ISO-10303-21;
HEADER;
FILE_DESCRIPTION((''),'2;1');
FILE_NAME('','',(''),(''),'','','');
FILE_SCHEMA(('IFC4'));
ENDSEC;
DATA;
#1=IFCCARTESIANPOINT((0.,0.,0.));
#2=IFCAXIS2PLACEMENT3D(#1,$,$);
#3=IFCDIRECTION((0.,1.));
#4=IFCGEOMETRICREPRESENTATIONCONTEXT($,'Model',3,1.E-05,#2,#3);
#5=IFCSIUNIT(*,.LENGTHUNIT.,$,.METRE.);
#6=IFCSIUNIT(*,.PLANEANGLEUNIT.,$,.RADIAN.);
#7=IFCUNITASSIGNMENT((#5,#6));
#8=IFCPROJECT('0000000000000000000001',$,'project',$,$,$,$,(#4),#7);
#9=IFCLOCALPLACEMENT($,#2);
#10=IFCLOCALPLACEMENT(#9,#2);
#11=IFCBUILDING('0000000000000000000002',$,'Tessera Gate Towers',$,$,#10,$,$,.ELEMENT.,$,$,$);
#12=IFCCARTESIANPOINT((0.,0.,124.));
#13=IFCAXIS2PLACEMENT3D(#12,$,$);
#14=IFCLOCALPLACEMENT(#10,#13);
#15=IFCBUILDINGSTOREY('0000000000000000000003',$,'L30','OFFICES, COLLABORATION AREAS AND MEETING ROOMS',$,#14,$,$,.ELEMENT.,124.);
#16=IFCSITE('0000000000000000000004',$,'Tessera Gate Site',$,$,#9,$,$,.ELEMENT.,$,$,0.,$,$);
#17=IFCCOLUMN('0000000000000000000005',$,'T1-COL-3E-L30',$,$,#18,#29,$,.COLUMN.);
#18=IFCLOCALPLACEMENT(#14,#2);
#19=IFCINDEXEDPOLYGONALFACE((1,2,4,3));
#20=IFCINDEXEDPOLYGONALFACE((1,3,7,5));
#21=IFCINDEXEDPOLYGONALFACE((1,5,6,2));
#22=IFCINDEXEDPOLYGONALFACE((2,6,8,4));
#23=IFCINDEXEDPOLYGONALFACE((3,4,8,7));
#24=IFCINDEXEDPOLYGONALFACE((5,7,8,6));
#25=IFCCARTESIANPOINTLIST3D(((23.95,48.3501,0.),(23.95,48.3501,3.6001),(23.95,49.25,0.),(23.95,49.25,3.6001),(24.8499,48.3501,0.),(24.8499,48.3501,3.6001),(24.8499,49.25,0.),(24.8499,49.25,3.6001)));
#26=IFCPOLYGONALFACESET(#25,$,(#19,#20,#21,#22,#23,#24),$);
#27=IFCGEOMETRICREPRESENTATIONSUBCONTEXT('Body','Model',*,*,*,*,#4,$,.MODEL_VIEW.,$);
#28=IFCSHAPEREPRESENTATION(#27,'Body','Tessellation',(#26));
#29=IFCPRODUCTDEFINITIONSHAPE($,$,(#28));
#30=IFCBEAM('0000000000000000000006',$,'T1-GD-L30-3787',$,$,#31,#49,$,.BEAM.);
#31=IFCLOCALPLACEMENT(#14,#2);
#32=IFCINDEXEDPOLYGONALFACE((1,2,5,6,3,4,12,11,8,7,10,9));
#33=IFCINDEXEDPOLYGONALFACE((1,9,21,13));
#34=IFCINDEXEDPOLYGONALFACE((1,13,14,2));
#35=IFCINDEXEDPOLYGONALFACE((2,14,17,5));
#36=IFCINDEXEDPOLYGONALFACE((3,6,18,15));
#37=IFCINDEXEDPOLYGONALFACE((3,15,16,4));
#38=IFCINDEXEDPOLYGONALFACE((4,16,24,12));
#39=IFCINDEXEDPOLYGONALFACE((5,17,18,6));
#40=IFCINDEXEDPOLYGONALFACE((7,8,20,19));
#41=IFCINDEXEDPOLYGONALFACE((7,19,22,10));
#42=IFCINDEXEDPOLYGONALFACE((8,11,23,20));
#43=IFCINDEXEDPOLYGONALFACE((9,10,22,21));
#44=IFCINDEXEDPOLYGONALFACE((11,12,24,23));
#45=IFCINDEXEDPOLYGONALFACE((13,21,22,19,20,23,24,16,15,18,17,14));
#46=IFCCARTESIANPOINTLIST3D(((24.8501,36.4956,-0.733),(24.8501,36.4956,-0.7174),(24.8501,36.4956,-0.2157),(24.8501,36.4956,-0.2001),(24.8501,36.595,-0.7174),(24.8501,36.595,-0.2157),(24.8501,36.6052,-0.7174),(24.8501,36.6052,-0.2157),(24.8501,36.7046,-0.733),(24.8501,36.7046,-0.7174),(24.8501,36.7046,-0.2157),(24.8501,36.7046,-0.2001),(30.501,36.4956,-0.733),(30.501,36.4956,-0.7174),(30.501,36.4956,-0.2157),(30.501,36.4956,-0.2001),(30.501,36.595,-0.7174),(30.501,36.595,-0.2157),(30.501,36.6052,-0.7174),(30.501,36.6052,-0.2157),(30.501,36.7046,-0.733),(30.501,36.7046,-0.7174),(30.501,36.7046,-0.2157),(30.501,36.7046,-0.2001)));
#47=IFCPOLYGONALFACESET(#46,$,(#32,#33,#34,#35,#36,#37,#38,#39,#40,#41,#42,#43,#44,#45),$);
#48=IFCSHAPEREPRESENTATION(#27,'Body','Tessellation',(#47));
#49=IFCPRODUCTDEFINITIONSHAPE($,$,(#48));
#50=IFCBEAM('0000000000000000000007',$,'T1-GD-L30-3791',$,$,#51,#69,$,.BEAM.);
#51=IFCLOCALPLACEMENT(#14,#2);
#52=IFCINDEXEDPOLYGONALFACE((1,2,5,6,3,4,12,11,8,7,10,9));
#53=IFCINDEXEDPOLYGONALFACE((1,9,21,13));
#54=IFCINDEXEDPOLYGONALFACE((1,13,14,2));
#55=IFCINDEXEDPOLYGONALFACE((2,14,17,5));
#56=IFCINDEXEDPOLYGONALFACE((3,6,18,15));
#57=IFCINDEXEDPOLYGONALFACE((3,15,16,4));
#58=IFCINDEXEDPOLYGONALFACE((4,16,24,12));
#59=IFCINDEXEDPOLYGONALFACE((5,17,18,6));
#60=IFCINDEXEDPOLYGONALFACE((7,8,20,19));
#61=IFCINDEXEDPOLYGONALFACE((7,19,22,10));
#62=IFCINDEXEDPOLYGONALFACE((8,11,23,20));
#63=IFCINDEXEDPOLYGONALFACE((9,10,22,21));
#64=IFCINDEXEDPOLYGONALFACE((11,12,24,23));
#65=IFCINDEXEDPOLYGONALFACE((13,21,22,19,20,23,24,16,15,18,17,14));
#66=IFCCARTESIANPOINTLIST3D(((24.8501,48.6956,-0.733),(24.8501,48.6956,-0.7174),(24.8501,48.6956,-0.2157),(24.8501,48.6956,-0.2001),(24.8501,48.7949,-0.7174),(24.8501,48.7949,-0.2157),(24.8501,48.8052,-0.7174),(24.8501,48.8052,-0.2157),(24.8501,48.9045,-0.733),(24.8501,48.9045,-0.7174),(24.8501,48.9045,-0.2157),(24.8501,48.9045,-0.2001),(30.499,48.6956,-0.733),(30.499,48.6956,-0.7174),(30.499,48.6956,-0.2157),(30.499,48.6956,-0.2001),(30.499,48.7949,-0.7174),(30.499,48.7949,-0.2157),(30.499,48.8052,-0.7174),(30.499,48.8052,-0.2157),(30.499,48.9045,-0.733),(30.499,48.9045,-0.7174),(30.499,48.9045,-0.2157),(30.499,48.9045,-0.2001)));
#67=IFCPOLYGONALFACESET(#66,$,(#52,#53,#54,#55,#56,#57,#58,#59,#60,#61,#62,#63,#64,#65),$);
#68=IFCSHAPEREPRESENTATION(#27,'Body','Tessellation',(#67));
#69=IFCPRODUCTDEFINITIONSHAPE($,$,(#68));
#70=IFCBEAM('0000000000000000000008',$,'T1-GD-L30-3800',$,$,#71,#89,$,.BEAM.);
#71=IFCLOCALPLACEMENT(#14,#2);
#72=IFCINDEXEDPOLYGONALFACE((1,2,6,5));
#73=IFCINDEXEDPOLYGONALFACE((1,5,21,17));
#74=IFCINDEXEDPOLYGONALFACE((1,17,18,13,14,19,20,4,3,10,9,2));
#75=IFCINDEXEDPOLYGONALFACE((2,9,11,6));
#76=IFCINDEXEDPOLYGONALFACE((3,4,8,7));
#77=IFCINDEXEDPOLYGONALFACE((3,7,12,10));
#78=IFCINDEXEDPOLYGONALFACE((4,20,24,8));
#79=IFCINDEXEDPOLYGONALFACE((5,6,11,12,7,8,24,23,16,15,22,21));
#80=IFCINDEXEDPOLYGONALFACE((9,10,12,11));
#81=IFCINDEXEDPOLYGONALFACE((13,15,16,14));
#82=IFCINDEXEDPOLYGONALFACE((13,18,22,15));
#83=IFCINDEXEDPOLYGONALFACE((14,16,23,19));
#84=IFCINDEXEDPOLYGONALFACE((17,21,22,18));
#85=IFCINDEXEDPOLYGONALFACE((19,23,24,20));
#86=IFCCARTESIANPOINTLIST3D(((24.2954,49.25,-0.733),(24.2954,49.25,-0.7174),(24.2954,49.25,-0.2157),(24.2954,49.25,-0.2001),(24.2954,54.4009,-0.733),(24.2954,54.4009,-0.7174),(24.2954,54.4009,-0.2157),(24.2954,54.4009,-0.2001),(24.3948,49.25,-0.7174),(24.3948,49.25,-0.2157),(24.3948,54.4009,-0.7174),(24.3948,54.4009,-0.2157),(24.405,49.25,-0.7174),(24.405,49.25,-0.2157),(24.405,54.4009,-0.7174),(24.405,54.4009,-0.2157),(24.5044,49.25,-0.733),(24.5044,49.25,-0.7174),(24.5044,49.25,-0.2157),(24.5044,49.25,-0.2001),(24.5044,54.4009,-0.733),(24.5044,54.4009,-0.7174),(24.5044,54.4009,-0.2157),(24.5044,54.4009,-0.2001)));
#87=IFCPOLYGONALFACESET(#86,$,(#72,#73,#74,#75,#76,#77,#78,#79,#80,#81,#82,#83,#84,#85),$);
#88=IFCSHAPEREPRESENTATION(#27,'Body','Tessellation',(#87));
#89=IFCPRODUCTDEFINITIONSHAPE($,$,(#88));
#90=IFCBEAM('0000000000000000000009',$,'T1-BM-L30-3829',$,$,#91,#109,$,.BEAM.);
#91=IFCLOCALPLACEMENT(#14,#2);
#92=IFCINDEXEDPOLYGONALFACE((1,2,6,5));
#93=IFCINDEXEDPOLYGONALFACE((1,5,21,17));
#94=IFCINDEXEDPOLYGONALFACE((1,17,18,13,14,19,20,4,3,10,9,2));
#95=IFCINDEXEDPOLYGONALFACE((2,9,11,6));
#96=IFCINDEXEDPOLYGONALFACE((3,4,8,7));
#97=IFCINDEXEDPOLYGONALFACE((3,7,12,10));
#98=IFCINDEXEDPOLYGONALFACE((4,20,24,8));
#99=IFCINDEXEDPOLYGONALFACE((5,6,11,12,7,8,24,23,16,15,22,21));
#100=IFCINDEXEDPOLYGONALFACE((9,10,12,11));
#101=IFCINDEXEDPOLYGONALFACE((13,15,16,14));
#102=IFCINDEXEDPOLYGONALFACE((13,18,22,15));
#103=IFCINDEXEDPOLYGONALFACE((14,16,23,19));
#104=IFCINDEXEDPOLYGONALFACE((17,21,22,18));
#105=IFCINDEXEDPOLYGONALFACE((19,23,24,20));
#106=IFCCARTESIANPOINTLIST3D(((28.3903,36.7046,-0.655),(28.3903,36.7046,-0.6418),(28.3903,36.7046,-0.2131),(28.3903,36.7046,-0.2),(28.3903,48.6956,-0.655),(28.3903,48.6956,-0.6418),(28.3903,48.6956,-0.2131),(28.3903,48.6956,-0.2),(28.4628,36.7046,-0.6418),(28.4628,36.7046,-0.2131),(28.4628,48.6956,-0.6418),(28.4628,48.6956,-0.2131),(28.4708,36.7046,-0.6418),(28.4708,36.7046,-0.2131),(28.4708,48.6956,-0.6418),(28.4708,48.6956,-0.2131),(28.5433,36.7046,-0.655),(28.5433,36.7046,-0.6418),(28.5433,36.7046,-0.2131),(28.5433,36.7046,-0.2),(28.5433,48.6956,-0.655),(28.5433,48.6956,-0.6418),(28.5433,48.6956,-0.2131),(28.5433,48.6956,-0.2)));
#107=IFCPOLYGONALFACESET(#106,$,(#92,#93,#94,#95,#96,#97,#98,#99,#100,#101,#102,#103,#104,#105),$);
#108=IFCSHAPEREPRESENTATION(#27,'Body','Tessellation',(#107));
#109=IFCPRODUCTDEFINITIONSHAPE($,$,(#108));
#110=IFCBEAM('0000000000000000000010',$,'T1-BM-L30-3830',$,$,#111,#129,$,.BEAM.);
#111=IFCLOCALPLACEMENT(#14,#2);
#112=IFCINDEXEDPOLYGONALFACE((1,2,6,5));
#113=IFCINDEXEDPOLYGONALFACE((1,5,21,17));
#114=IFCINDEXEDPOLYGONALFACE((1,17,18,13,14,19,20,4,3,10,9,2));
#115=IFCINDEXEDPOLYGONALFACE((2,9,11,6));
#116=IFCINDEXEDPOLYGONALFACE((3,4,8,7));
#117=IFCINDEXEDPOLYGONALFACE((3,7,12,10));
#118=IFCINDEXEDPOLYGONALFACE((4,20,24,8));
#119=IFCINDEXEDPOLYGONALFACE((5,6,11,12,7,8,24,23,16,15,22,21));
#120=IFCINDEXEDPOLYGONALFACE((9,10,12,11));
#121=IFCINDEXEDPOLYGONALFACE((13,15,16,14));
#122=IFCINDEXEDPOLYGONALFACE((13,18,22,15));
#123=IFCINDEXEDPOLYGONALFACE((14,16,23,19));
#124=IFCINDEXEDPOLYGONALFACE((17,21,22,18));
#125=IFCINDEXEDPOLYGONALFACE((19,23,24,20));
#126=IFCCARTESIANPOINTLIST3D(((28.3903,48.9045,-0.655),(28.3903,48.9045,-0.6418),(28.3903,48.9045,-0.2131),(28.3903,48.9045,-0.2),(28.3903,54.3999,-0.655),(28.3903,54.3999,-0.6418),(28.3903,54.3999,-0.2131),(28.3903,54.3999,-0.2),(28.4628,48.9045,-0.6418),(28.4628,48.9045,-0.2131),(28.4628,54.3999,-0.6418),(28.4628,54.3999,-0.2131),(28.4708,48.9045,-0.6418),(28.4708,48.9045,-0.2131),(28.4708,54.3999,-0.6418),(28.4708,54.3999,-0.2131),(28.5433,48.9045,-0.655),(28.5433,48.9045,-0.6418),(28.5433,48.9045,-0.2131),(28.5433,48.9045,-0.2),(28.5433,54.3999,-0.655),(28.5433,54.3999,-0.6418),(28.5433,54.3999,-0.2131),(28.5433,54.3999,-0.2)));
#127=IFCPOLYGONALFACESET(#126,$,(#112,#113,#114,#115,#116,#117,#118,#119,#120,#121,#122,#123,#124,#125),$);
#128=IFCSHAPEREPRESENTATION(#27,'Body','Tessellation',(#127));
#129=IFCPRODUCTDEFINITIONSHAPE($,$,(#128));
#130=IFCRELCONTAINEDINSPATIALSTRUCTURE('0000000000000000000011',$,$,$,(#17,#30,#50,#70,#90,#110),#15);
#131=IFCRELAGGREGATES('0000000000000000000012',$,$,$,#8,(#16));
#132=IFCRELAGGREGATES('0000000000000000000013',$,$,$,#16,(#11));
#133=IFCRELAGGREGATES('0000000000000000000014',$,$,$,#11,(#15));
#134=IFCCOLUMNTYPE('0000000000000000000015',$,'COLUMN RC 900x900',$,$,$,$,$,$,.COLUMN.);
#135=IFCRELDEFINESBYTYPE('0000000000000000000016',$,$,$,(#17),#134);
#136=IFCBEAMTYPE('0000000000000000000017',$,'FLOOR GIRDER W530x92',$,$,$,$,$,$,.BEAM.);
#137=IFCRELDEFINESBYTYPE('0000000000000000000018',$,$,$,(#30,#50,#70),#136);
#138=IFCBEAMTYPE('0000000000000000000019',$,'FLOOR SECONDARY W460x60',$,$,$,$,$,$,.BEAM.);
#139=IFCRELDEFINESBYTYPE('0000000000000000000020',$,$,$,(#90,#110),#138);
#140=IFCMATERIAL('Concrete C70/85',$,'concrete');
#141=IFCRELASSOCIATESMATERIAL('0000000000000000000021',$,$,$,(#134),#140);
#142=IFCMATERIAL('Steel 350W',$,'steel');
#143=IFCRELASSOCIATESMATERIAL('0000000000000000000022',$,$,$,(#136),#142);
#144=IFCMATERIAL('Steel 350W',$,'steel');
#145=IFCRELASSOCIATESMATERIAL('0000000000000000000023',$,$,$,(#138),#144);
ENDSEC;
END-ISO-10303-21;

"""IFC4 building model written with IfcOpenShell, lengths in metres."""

from ifc_helpers import new_model, si_unit, direction, frame, origin, origin_2d, place, context, subcontext, project, spatial, rectangle, i_section, extrude, material, material_profile, profile_set, type_object, element, save


model = new_model("IFC4")

# Units and contexts
model_context = context("Model", 3, precision=1e-05, world=origin(), true_north=direction((0.0, 1.0)))
body_context = subcontext(model_context, "Body", "Model", "MODEL_VIEW")
ifc_project = project(units=[si_unit("LENGTHUNIT", "METRE"), si_unit("PLANEANGLEUNIT", "RADIAN")], contexts=[model_context])

# Site, building, storey
site_placement = place(None, origin())
site = spatial("IfcSite", under=ifc_project, at=site_placement, Name="Tessera Gate Site", CompositionType="ELEMENT", RefElevation=0.0)
building_placement = place(site_placement, origin())
building = spatial("IfcBuilding", under=site, at=building_placement, Name="Tessera Gate Towers", CompositionType="ELEMENT")
storey_placement = place(building_placement, frame((0.0, 0.0, 124.0)))
storey = spatial("IfcBuildingStorey", under=building, at=storey_placement, Name="L30", Description="OFFICES, COLLABORATION AREAS AND MEETING ROOMS", CompositionType="ELEMENT", Elevation=124.0)

# Column
ifc_material_1 = material(Name="Concrete C70/85", Category="concrete")
ifc_material_profile_1 = material_profile(ifc_material_1, rectangle(XDim=0.8999, YDim=0.8999, at=origin_2d()), Name="RC 900x900")
ifc_profile_set_1 = profile_set([ifc_material_profile_1], Name="Concrete C70/85")
column_type = type_object("IfcColumnType", Name="COLUMN RC 900x900", PredefinedType="COLUMN", material=ifc_profile_set_1)
column_placement = place(storey_placement, frame((24.3999, 48.8, 0.0), z_axis=(0.0, 0.0, 1.0), x_axis=(1.0, 0.0, 0.0)))
element("IfcColumn", 1, at=column_placement, inside=storey, type_object=column_type, Name="T1-COL-3E-L30", PredefinedType="COLUMN", context=body_context, shape_type="SweptSolid", body=[
    extrude(rectangle(XDim=0.8999, YDim=0.8999, at=origin_2d()), origin(), (0.0, 0.0, 1.0), 3.6001),
])

# Beams
ifc_material_2 = material(Name="Steel 350W", Category="steel")
ifc_material_profile_2 = material_profile(ifc_material_2, i_section(OverallWidth=0.209, OverallDepth=0.533, WebThickness=0.0103, FlangeThickness=0.0156, at=origin_2d()), Name="W530x92")
ifc_profile_set_2 = profile_set([ifc_material_profile_2], Name="Steel 350W")
beam_type_1 = type_object("IfcBeamType", Name="FLOOR GIRDER W530x92", PredefinedType="BEAM", material=ifc_profile_set_2)
beam_1_placement = place(storey_placement, frame((24.8501, 36.6001, -0.4666), z_axis=(1.0, 0.0, 0.0), x_axis=(0.0, 1.0, 0.0)))
element("IfcBeam", 2, at=beam_1_placement, inside=storey, type_object=beam_type_1, Name="T1-GD-L30-3787", PredefinedType="BEAM", context=body_context, shape_type="SweptSolid", body=[
    extrude(i_section(OverallWidth=0.209, OverallDepth=0.533, WebThickness=0.0103, FlangeThickness=0.0156, at=origin_2d()), origin(), (0.0, 0.0, 1.0), 5.6509),
])
beam_2_placement = place(storey_placement, frame((24.8501, 48.8, -0.4666), z_axis=(1.0, 0.0, 0.0), x_axis=(0.0, 1.0, 0.0)))
element("IfcBeam", 3, at=beam_2_placement, inside=storey, type_object=beam_type_1, Name="T1-GD-L30-3791", PredefinedType="BEAM", context=body_context, shape_type="SweptSolid", body=[
    extrude(i_section(OverallWidth=0.209, OverallDepth=0.533, WebThickness=0.0103, FlangeThickness=0.0156, at=origin_2d()), origin(), (0.0, 0.0, 1.0), 5.6489),
])
beam_3_placement = place(storey_placement, frame((24.3999, 49.25, -0.4666), z_axis=(0.0, 1.0, 0.0), x_axis=(-1.0, 0.0, 0.0)))
element("IfcBeam", 4, at=beam_3_placement, inside=storey, type_object=beam_type_1, Name="T1-GD-L30-3800", PredefinedType="BEAM", context=body_context, shape_type="SweptSolid", body=[
    extrude(i_section(OverallWidth=0.209, OverallDepth=0.533, WebThickness=0.0103, FlangeThickness=0.0156, at=origin_2d()), origin(), (0.0, 0.0, 1.0), 5.1509),
])
ifc_material_3 = material(Name="Steel 350W", Category="steel")
ifc_material_profile_3 = material_profile(ifc_material_3, i_section(OverallWidth=0.1531, OverallDepth=0.4551, WebThickness=0.0081, FlangeThickness=0.0132, at=origin_2d()), Name="W460x60")
ifc_profile_set_3 = profile_set([ifc_material_profile_3], Name="Steel 350W")
beam_type_2 = type_object("IfcBeamType", Name="FLOOR SECONDARY W460x60", PredefinedType="BEAM", material=ifc_profile_set_3)
beam_4_placement = place(storey_placement, frame((28.4668, 36.7046, -0.4275), z_axis=(0.0, 1.0, 0.0), x_axis=(-1.0, 0.0, 0.0)))
element("IfcBeam", 5, at=beam_4_placement, inside=storey, type_object=beam_type_2, Name="T1-BM-L30-3829", PredefinedType="BEAM", context=body_context, shape_type="SweptSolid", body=[
    extrude(i_section(OverallWidth=0.1531, OverallDepth=0.4551, WebThickness=0.0081, FlangeThickness=0.0132, at=origin_2d()), origin(), (0.0, 0.0, 1.0), 11.991),
])
beam_5_placement = place(storey_placement, frame((28.4668, 48.9045, -0.4275), z_axis=(0.0, 1.0, 0.0), x_axis=(-1.0, 0.0, 0.0)))
element("IfcBeam", 6, at=beam_5_placement, inside=storey, type_object=beam_type_2, Name="T1-BM-L30-3830", PredefinedType="BEAM", context=body_context, shape_type="SweptSolid", body=[
    extrude(i_section(OverallWidth=0.1531, OverallDepth=0.4551, WebThickness=0.0081, FlangeThickness=0.0132, at=origin_2d()), origin(), (0.0, 0.0, 1.0), 5.4954),
])

save(model, "model.ifc")
